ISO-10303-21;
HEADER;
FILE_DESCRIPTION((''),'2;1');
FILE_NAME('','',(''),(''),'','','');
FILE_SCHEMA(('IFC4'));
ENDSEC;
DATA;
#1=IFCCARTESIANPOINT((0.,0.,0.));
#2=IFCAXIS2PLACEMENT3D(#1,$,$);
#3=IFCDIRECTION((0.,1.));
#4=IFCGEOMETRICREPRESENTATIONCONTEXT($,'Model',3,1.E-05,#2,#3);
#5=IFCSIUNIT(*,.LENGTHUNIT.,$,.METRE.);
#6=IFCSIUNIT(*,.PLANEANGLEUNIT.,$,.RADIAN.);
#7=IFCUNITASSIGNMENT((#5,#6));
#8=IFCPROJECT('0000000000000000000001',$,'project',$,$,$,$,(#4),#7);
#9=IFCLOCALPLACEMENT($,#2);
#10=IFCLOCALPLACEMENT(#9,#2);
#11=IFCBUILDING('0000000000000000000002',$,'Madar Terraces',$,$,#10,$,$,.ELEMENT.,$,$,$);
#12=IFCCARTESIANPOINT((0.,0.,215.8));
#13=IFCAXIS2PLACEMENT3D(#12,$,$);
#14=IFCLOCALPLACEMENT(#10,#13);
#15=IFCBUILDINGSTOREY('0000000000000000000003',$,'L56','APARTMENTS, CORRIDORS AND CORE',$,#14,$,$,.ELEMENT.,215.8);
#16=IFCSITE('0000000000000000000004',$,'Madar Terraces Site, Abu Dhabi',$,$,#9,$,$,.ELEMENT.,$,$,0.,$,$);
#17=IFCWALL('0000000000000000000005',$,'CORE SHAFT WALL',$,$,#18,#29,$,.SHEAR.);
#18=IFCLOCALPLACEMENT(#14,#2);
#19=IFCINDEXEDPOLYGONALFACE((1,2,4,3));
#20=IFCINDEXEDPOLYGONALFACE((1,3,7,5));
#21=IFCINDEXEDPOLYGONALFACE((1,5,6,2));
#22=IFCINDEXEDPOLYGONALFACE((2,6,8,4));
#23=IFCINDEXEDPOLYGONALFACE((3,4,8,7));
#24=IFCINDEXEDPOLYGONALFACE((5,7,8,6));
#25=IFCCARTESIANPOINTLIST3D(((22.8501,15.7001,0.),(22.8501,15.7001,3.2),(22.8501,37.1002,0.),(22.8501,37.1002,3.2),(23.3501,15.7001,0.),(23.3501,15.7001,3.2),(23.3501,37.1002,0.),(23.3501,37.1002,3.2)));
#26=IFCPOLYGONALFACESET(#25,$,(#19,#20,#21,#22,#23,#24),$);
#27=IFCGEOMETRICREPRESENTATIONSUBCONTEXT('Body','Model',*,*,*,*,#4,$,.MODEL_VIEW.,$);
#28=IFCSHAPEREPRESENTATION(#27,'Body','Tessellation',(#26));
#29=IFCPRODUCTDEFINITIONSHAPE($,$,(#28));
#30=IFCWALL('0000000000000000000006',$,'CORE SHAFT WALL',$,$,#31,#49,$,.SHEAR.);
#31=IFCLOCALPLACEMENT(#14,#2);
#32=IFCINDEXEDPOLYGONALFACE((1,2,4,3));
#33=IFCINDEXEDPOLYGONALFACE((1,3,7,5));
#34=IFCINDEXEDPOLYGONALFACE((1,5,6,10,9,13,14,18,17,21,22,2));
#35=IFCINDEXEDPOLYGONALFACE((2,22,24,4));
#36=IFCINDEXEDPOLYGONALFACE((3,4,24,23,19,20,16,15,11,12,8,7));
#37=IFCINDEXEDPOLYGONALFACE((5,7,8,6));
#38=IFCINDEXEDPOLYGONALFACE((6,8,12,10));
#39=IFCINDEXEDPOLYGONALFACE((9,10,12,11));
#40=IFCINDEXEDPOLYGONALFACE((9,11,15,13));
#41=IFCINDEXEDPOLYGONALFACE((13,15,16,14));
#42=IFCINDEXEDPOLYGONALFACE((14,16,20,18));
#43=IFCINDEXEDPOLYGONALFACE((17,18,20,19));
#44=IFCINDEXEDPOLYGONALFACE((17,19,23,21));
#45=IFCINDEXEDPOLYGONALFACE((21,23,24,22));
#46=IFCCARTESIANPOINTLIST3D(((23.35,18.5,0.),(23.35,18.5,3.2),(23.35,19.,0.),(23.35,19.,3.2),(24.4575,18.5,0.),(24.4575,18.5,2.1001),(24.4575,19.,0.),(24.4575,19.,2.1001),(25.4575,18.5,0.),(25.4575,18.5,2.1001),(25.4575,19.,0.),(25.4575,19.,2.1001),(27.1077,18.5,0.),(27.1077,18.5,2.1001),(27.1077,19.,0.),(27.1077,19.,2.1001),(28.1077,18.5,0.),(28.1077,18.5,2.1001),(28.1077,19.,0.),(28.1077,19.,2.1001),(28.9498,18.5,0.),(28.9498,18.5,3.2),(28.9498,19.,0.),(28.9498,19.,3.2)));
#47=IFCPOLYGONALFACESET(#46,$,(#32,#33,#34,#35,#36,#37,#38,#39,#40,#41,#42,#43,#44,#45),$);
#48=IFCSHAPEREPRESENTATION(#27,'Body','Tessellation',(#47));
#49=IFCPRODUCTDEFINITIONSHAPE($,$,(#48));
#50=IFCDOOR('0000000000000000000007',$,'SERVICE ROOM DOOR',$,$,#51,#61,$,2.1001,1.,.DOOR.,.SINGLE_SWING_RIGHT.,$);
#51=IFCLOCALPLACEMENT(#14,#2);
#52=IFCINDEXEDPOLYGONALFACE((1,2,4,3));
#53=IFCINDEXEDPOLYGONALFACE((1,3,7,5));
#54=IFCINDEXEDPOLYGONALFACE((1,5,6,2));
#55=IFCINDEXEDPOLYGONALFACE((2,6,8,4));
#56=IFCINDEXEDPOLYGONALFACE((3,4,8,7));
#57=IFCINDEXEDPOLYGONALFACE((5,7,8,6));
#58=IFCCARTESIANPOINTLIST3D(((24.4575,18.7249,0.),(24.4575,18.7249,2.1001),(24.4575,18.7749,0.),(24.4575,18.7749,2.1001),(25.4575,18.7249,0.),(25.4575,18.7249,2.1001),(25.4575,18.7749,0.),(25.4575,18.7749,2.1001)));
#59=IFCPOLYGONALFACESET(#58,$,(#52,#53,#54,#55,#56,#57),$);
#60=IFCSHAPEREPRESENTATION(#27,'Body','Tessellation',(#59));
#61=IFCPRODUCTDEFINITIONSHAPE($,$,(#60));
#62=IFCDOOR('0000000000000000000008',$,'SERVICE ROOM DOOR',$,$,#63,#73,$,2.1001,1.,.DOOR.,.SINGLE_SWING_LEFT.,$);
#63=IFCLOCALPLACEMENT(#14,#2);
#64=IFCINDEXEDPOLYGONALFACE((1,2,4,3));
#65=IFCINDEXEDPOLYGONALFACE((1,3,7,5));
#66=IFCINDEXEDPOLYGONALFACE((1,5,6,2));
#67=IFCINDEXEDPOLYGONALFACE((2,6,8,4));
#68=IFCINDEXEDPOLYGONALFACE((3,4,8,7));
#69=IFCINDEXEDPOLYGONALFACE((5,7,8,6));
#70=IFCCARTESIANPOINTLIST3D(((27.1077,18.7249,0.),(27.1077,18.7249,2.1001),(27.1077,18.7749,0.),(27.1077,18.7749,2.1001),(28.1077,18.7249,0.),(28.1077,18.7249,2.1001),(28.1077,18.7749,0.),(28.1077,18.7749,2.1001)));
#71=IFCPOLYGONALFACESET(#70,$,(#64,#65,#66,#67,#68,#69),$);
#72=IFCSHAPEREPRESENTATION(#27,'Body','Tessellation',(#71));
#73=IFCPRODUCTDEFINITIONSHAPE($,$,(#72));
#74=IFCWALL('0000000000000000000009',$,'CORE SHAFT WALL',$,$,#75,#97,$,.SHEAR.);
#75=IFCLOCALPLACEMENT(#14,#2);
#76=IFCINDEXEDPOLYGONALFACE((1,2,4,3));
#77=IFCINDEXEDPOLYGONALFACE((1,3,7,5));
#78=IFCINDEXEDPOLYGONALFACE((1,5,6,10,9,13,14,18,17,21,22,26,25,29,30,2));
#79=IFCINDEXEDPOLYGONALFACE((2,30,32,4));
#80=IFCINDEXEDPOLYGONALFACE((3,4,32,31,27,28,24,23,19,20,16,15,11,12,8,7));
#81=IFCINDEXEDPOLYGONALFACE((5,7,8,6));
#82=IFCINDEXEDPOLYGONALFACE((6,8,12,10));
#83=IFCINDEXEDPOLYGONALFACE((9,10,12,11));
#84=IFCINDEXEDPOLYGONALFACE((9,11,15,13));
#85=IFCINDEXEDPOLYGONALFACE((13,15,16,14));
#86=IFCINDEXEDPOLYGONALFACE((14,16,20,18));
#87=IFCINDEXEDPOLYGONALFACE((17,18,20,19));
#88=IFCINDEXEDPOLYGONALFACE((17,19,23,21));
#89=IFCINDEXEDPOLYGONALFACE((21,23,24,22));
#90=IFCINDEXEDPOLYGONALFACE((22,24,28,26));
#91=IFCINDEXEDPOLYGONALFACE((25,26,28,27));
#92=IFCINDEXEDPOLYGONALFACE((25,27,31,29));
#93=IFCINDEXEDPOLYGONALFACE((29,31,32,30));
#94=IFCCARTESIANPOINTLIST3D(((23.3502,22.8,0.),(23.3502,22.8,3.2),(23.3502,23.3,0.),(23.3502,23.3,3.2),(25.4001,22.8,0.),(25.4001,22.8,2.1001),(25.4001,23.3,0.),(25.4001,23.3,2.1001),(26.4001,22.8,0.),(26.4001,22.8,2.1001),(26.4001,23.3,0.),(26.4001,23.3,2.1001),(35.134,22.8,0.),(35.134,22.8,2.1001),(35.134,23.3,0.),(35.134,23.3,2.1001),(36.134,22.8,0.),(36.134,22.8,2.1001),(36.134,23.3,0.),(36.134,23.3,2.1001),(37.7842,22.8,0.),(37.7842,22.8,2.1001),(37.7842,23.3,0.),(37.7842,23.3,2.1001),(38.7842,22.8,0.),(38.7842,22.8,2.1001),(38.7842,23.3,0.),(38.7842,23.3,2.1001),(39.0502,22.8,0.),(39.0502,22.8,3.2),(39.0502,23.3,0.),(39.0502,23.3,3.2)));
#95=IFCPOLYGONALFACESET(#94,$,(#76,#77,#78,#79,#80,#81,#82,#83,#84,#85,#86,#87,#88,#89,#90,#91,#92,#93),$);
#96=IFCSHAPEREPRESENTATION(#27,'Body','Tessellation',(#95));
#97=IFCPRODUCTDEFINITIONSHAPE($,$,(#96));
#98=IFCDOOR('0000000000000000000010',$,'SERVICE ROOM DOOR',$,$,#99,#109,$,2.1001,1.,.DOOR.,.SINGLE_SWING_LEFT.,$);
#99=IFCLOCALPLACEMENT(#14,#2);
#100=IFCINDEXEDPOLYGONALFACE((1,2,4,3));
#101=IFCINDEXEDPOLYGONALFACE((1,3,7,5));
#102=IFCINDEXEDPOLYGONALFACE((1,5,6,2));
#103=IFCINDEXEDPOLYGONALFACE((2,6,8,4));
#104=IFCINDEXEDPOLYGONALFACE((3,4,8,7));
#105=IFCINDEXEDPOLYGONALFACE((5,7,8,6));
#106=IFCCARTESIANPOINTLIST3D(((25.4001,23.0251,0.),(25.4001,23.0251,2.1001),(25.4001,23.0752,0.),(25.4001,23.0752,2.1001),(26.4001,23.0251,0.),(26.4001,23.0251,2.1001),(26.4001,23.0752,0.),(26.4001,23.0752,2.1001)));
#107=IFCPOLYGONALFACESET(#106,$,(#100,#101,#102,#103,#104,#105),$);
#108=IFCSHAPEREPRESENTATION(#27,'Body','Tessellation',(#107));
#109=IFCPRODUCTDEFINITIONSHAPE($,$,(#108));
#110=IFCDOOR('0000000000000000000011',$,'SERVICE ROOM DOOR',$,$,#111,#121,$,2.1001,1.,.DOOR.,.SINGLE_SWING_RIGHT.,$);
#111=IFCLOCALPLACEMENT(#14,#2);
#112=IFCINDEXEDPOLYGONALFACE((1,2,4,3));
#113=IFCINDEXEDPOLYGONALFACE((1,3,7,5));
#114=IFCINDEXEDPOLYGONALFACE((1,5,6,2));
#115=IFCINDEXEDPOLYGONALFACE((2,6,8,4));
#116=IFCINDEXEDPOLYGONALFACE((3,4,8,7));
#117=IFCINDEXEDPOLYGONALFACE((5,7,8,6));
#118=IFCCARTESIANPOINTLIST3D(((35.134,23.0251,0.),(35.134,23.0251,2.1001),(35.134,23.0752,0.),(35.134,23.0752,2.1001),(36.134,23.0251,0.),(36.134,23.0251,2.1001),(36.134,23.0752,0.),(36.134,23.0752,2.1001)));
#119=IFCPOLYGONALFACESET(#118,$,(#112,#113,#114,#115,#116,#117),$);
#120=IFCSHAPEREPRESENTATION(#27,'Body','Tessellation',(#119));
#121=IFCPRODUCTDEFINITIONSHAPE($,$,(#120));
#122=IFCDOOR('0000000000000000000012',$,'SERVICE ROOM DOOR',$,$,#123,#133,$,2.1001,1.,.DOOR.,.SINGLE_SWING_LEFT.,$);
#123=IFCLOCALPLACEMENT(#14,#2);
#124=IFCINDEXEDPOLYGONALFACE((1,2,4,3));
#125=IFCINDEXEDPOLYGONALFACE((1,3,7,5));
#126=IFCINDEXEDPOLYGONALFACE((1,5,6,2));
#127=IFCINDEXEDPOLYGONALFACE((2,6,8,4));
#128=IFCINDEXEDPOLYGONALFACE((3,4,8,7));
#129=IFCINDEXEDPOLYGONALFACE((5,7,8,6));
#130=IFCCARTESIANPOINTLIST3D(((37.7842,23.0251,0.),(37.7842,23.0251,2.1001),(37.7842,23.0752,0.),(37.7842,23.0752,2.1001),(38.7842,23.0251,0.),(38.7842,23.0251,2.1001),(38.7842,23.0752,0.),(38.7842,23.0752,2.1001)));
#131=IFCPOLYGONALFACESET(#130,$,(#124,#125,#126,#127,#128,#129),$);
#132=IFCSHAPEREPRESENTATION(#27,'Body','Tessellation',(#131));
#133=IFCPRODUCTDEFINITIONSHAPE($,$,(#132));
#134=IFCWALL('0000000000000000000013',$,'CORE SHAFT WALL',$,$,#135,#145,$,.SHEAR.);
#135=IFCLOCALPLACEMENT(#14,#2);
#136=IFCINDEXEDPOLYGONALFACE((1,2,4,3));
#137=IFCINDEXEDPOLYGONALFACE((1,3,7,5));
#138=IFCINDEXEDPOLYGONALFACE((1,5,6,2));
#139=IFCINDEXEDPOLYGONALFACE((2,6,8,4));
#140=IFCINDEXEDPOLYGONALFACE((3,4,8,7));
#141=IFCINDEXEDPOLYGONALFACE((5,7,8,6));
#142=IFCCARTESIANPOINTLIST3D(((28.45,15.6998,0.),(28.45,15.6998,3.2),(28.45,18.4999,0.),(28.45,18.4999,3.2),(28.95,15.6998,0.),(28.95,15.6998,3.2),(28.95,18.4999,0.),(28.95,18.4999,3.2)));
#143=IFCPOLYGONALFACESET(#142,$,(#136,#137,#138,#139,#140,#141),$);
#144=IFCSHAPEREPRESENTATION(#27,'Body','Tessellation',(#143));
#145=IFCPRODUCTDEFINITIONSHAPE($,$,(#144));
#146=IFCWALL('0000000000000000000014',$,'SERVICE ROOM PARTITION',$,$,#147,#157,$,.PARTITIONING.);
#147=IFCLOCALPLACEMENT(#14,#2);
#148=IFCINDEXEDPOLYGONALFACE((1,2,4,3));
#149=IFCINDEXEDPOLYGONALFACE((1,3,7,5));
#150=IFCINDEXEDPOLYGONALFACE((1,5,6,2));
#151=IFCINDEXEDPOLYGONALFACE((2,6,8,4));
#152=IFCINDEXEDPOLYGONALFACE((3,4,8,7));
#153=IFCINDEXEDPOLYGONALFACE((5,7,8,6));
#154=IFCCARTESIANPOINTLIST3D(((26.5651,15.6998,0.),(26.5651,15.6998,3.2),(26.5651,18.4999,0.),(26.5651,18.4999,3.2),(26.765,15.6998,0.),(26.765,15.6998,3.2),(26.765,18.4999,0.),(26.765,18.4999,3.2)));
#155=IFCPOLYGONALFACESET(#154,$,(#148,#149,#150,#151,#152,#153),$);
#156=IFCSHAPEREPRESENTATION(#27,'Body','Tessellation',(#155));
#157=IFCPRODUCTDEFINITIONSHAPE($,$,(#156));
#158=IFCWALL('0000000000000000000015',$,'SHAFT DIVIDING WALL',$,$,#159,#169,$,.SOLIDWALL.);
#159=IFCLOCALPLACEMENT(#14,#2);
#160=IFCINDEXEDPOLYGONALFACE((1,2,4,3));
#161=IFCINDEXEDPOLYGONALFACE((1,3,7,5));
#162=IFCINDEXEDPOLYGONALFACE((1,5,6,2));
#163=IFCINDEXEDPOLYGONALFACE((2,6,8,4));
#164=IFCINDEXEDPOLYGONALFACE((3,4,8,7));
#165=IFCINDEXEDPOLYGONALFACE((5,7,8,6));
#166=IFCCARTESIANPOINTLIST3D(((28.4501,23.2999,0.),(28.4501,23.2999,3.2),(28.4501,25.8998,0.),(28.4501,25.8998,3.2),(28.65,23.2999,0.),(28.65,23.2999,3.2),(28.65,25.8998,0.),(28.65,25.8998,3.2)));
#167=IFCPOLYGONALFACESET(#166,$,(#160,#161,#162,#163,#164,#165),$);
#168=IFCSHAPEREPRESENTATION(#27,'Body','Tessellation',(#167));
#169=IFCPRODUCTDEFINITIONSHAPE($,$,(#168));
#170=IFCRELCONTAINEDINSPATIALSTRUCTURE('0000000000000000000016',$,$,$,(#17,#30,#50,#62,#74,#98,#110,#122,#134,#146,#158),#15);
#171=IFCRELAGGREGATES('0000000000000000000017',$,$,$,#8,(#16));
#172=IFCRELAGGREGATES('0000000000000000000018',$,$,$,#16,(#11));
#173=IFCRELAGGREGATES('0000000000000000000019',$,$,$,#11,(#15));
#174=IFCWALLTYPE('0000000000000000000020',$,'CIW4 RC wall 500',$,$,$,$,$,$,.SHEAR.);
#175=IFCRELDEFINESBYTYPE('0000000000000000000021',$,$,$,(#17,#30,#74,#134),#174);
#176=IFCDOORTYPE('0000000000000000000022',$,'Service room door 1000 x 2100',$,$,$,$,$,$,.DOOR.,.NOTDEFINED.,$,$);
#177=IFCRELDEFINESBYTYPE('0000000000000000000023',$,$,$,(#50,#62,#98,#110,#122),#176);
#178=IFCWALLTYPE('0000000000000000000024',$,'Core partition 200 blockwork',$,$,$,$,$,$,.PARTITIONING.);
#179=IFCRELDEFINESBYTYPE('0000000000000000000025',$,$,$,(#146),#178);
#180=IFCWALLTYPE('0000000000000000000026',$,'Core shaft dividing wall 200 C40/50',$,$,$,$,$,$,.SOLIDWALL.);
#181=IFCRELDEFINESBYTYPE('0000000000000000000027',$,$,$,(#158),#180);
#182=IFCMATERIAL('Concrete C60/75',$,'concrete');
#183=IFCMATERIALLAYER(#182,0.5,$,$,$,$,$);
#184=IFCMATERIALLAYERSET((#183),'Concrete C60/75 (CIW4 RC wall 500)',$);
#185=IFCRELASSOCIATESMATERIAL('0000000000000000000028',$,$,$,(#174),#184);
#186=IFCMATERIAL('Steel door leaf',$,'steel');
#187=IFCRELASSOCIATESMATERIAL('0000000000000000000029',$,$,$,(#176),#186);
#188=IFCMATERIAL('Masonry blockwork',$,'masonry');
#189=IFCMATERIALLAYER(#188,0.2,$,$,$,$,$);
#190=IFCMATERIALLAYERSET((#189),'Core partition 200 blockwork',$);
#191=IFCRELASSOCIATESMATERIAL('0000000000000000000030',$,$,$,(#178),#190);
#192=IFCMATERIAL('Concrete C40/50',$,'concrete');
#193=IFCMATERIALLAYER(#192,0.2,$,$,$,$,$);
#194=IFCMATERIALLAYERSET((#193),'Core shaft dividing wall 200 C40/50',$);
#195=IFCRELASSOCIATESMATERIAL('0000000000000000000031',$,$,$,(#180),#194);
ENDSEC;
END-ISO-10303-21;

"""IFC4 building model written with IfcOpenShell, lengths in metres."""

from ifc_helpers import new_model, si_unit, direction, frame, frame_2d, origin, place, context, subcontext, project, spatial, rectangle, extrude, material, layer, layer_set, type_object, element, fill, save


model = new_model("IFC4")

# Units and contexts
model_context = context("Model", 3, precision=1e-05, world=origin(), true_north=direction((0.0, 1.0)))
body_context = subcontext(model_context, "Body", "Model", "MODEL_VIEW")
ifc_project = project(units=[si_unit("LENGTHUNIT", "METRE"), si_unit("PLANEANGLEUNIT", "RADIAN")], contexts=[model_context])

# Site, building, storey
site_placement = place(None, origin())
site = spatial("IfcSite", under=ifc_project, at=site_placement, Name="Madar Terraces Site, Abu Dhabi", CompositionType="ELEMENT", RefElevation=0.0)
building_placement = place(site_placement, origin())
building = spatial("IfcBuilding", under=site, at=building_placement, Name="Madar Terraces", CompositionType="ELEMENT")
storey_placement = place(building_placement, frame((0.0, 0.0, 215.8)))
storey = spatial("IfcBuildingStorey", under=building, at=storey_placement, Name="L56", Description="APARTMENTS, CORRIDORS AND CORE", CompositionType="ELEMENT", Elevation=215.8)

# Wall
ifc_material_1 = material(Name="Concrete C60/75", Category="concrete")
ifc_layer_1 = layer(ifc_material_1, 0.5)
ifc_layer_set_1 = layer_set([ifc_layer_1], Name="Concrete C60/75 (CIW4 RC wall 500)")
wall_type_1 = type_object("IfcWallType", Name="CIW4 RC wall 500", PredefinedType="SHEAR", material=ifc_layer_set_1)
wall_1_placement = place(storey_placement, frame((23.1001, 15.7, 0.0), z_axis=(0.0, 0.0, 1.0), x_axis=(0.0, 1.0, 0.0)))
element("IfcWall", 1, at=wall_1_placement, inside=storey, type_object=wall_type_1, Name="CORE SHAFT WALL", PredefinedType="SHEAR", context=body_context, shape_type="SweptSolid", body=[
    extrude(rectangle(XDim=21.4001, YDim=0.5, at=frame_2d((10.7002, 0.0))), origin(), (0.0, 0.0, 1.0), 3.2),
])

# Walls, openings, doors
wall_2_placement = place(storey_placement, frame((23.3501, 18.75, 0.0), z_axis=(0.0, 0.0, 1.0), x_axis=(1.0, 0.0, 0.0)))
wall_2 = element("IfcWall", 2, at=wall_2_placement, inside=storey, type_object=wall_type_1, Name="CORE SHAFT WALL", PredefinedType="SHEAR", context=body_context, shape_type="SweptSolid", body=[
    extrude(rectangle(XDim=5.5999, YDim=0.5, at=frame_2d((2.7998, 0.0))), origin(), (0.0, 0.0, 1.0), 3.2),
])
opening_1_placement = place(wall_2_placement, frame((1.1074, 0.0, 0.0)))
opening_1 = element("IfcOpeningElement", 3, at=opening_1_placement, cuts=wall_2, PredefinedType="OPENING", context=body_context, shape_type="SweptSolid", body=[
    extrude(rectangle(XDim=1.0, YDim=2.1001, at=frame_2d((0.5, 1.05))), frame((0.0, 0.26, 0.0), z_axis=(0.0, -1.0, 0.0), x_axis=(1.0, 0.0, 0.0)), (0.0, 0.0, 1.0), 0.52),
])
opening_2_placement = place(wall_2_placement, frame((3.7576, 0.0, 0.0)))
opening_2 = element("IfcOpeningElement", 4, at=opening_2_placement, cuts=wall_2, PredefinedType="OPENING", context=body_context, shape_type="SweptSolid", body=[
    extrude(rectangle(XDim=1.0, YDim=2.1001, at=frame_2d((0.5, 1.05))), frame((0.0, 0.26, 0.0), z_axis=(0.0, -1.0, 0.0), x_axis=(1.0, 0.0, 0.0)), (0.0, 0.0, 1.0), 0.52),
])
ifc_material_2 = material(Name="Steel door leaf", Category="steel")
door_type = type_object("IfcDoorType", Name="Service room door 1000 x 2100", OperationType="NOTDEFINED", PredefinedType="DOOR", material=ifc_material_2)
door_1_placement = place(opening_1_placement, origin())
door_1 = element("IfcDoor", 5, at=door_1_placement, inside=storey, type_object=door_type, Name="SERVICE ROOM DOOR", OperationType="SINGLE_SWING_RIGHT", OverallHeight=2.1001, OverallWidth=1.0, PredefinedType="DOOR", context=body_context, shape_type="SweptSolid", body=[
    extrude(rectangle(XDim=1.0, YDim=2.1001, at=frame_2d((0.5, 1.05))), frame((0.0, 0.0249, 0.0), z_axis=(0.0, -1.0, 0.0), x_axis=(1.0, 0.0, 0.0)), (0.0, 0.0, 1.0), 0.05),
])
fill(opening_1, door_1)
door_2_placement = place(opening_2_placement, origin())
door_2 = element("IfcDoor", 6, at=door_2_placement, inside=storey, type_object=door_type, Name="SERVICE ROOM DOOR", OperationType="SINGLE_SWING_LEFT", OverallHeight=2.1001, OverallWidth=1.0, PredefinedType="DOOR", context=body_context, shape_type="SweptSolid", body=[
    extrude(rectangle(XDim=1.0, YDim=2.1001, at=frame_2d((0.5, 1.05))), frame((0.0, 0.0249, 0.0), z_axis=(0.0, -1.0, 0.0), x_axis=(1.0, 0.0, 0.0)), (0.0, 0.0, 1.0), 0.05),
])
fill(opening_2, door_2)
wall_3_placement = place(storey_placement, frame((23.3501, 23.05, 0.0), z_axis=(0.0, 0.0, 1.0), x_axis=(1.0, 0.0, 0.0)))
wall_3 = element("IfcWall", 7, at=wall_3_placement, inside=storey, type_object=wall_type_1, Name="CORE SHAFT WALL", PredefinedType="SHEAR", context=body_context, shape_type="SweptSolid", body=[
    extrude(rectangle(XDim=15.7, YDim=0.5, at=frame_2d((7.8501, 0.0))), origin(), (0.0, 0.0, 1.0), 3.2),
])
opening_3_placement = place(wall_3_placement, frame((2.05, 0.0, 0.0)))
opening_3 = element("IfcOpeningElement", 8, at=opening_3_placement, cuts=wall_3, PredefinedType="OPENING", context=body_context, shape_type="SweptSolid", body=[
    extrude(rectangle(XDim=1.0, YDim=2.1001, at=frame_2d((0.5, 1.05))), frame((0.0, 0.26, 0.0), z_axis=(0.0, -1.0, 0.0), x_axis=(1.0, 0.0, 0.0)), (0.0, 0.0, 1.0), 0.52),
])
opening_4_placement = place(wall_3_placement, frame((11.7839, 0.0, 0.0)))
opening_4 = element("IfcOpeningElement", 9, at=opening_4_placement, cuts=wall_3, PredefinedType="OPENING", context=body_context, shape_type="SweptSolid", body=[
    extrude(rectangle(XDim=1.0, YDim=2.1001, at=frame_2d((0.5, 1.05))), frame((0.0, 0.26, 0.0), z_axis=(0.0, -1.0, 0.0), x_axis=(1.0, 0.0, 0.0)), (0.0, 0.0, 1.0), 0.52),
])
opening_5_placement = place(wall_3_placement, frame((14.4341, 0.0, 0.0)))
opening_5 = element("IfcOpeningElement", 10, at=opening_5_placement, cuts=wall_3, PredefinedType="OPENING", context=body_context, shape_type="SweptSolid", body=[
    extrude(rectangle(XDim=1.0, YDim=2.1001, at=frame_2d((0.5, 1.05))), frame((0.0, 0.26, 0.0), z_axis=(0.0, -1.0, 0.0), x_axis=(1.0, 0.0, 0.0)), (0.0, 0.0, 1.0), 0.52),
])
door_3_placement = place(opening_3_placement, frame((1.0, 0.0, 0.0), z_axis=(0.0, 0.0, 1.0), x_axis=(-1.0, 0.0, 0.0)))
door_3 = element("IfcDoor", 11, at=door_3_placement, inside=storey, type_object=door_type, Name="SERVICE ROOM DOOR", OperationType="SINGLE_SWING_LEFT", OverallHeight=2.1001, OverallWidth=1.0, PredefinedType="DOOR", context=body_context, shape_type="SweptSolid", body=[
    extrude(rectangle(XDim=1.0, YDim=2.1001, at=frame_2d((0.5, 1.05))), frame((0.0, 0.0249, 0.0), z_axis=(0.0, -1.0, 0.0), x_axis=(1.0, 0.0, 0.0)), (0.0, 0.0, 1.0), 0.05),
])
fill(opening_3, door_3)
door_4_placement = place(opening_4_placement, frame((1.0, 0.0, 0.0), z_axis=(0.0, 0.0, 1.0), x_axis=(-1.0, 0.0, 0.0)))
door_4 = element("IfcDoor", 12, at=door_4_placement, inside=storey, type_object=door_type, Name="SERVICE ROOM DOOR", OperationType="SINGLE_SWING_RIGHT", OverallHeight=2.1001, OverallWidth=1.0, PredefinedType="DOOR", context=body_context, shape_type="SweptSolid", body=[
    extrude(rectangle(XDim=1.0, YDim=2.1001, at=frame_2d((0.5, 1.05))), frame((0.0, 0.0249, 0.0), z_axis=(0.0, -1.0, 0.0), x_axis=(1.0, 0.0, 0.0)), (0.0, 0.0, 1.0), 0.05),
])
fill(opening_4, door_4)
door_5_placement = place(opening_5_placement, frame((1.0, 0.0, 0.0), z_axis=(0.0, 0.0, 1.0), x_axis=(-1.0, 0.0, 0.0)))
door_5 = element("IfcDoor", 13, at=door_5_placement, inside=storey, type_object=door_type, Name="SERVICE ROOM DOOR", OperationType="SINGLE_SWING_LEFT", OverallHeight=2.1001, OverallWidth=1.0, PredefinedType="DOOR", context=body_context, shape_type="SweptSolid", body=[
    extrude(rectangle(XDim=1.0, YDim=2.1001, at=frame_2d((0.5, 1.05))), frame((0.0, 0.0249, 0.0), z_axis=(0.0, -1.0, 0.0), x_axis=(1.0, 0.0, 0.0)), (0.0, 0.0, 1.0), 0.05),
])
fill(opening_5, door_5)

# Walls
wall_4_placement = place(storey_placement, frame((28.7, 15.7, 0.0), z_axis=(0.0, 0.0, 1.0), x_axis=(0.0, 1.0, 0.0)))
element("IfcWall", 14, at=wall_4_placement, inside=storey, type_object=wall_type_1, Name="CORE SHAFT WALL", PredefinedType="SHEAR", context=body_context, shape_type="SweptSolid", body=[
    extrude(rectangle(XDim=2.8, YDim=0.5, at=frame_2d((1.3999, 0.0))), origin(), (0.0, 0.0, 1.0), 3.2),
])
ifc_material_3 = material(Name="Masonry blockwork", Category="masonry")
ifc_layer_2 = layer(ifc_material_3, 0.2)
ifc_layer_set_2 = layer_set([ifc_layer_2], Name="Core partition 200 blockwork")
wall_type_2 = type_object("IfcWallType", Name="Core partition 200 blockwork", PredefinedType="PARTITIONING", material=ifc_layer_set_2)
wall_5_placement = place(storey_placement, frame((26.665, 15.7, 0.0), z_axis=(0.0, 0.0, 1.0), x_axis=(0.0, 1.0, 0.0)))
element("IfcWall", 15, at=wall_5_placement, inside=storey, type_object=wall_type_2, Name="SERVICE ROOM PARTITION", PredefinedType="PARTITIONING", context=body_context, shape_type="SweptSolid", body=[
    extrude(rectangle(XDim=2.8, YDim=0.2, at=frame_2d((1.3999, 0.0))), origin(), (0.0, 0.0, 1.0), 3.2),
])
ifc_material_4 = material(Name="Concrete C40/50", Category="concrete")
ifc_layer_3 = layer(ifc_material_4, 0.2)
ifc_layer_set_3 = layer_set([ifc_layer_3], Name="Core shaft dividing wall 200 C40/50")
wall_type_3 = type_object("IfcWallType", Name="Core shaft dividing wall 200 C40/50", PredefinedType="SOLIDWALL", material=ifc_layer_set_3)
for number, where, z_axis, x_axis, name in (
    (16, (28.55, 23.3, 0.0), (0.0, 0.0, 1.0), (0.0, 1.0, 0.0), "SHAFT DIVIDING WALL"),
):
    element("IfcWall", number, at=place(storey_placement, frame(where, z_axis=z_axis, x_axis=x_axis)), inside=storey, type_object=wall_type_3, Name=name, PredefinedType="SOLIDWALL", context=body_context, shape_type="SweptSolid", body=[
        extrude(rectangle(XDim=2.5999, YDim=0.2, at=frame_2d((1.2998, 0.0))), origin(), (0.0, 0.0, 1.0), 3.2),
    ])

save(model, "model.ifc")
